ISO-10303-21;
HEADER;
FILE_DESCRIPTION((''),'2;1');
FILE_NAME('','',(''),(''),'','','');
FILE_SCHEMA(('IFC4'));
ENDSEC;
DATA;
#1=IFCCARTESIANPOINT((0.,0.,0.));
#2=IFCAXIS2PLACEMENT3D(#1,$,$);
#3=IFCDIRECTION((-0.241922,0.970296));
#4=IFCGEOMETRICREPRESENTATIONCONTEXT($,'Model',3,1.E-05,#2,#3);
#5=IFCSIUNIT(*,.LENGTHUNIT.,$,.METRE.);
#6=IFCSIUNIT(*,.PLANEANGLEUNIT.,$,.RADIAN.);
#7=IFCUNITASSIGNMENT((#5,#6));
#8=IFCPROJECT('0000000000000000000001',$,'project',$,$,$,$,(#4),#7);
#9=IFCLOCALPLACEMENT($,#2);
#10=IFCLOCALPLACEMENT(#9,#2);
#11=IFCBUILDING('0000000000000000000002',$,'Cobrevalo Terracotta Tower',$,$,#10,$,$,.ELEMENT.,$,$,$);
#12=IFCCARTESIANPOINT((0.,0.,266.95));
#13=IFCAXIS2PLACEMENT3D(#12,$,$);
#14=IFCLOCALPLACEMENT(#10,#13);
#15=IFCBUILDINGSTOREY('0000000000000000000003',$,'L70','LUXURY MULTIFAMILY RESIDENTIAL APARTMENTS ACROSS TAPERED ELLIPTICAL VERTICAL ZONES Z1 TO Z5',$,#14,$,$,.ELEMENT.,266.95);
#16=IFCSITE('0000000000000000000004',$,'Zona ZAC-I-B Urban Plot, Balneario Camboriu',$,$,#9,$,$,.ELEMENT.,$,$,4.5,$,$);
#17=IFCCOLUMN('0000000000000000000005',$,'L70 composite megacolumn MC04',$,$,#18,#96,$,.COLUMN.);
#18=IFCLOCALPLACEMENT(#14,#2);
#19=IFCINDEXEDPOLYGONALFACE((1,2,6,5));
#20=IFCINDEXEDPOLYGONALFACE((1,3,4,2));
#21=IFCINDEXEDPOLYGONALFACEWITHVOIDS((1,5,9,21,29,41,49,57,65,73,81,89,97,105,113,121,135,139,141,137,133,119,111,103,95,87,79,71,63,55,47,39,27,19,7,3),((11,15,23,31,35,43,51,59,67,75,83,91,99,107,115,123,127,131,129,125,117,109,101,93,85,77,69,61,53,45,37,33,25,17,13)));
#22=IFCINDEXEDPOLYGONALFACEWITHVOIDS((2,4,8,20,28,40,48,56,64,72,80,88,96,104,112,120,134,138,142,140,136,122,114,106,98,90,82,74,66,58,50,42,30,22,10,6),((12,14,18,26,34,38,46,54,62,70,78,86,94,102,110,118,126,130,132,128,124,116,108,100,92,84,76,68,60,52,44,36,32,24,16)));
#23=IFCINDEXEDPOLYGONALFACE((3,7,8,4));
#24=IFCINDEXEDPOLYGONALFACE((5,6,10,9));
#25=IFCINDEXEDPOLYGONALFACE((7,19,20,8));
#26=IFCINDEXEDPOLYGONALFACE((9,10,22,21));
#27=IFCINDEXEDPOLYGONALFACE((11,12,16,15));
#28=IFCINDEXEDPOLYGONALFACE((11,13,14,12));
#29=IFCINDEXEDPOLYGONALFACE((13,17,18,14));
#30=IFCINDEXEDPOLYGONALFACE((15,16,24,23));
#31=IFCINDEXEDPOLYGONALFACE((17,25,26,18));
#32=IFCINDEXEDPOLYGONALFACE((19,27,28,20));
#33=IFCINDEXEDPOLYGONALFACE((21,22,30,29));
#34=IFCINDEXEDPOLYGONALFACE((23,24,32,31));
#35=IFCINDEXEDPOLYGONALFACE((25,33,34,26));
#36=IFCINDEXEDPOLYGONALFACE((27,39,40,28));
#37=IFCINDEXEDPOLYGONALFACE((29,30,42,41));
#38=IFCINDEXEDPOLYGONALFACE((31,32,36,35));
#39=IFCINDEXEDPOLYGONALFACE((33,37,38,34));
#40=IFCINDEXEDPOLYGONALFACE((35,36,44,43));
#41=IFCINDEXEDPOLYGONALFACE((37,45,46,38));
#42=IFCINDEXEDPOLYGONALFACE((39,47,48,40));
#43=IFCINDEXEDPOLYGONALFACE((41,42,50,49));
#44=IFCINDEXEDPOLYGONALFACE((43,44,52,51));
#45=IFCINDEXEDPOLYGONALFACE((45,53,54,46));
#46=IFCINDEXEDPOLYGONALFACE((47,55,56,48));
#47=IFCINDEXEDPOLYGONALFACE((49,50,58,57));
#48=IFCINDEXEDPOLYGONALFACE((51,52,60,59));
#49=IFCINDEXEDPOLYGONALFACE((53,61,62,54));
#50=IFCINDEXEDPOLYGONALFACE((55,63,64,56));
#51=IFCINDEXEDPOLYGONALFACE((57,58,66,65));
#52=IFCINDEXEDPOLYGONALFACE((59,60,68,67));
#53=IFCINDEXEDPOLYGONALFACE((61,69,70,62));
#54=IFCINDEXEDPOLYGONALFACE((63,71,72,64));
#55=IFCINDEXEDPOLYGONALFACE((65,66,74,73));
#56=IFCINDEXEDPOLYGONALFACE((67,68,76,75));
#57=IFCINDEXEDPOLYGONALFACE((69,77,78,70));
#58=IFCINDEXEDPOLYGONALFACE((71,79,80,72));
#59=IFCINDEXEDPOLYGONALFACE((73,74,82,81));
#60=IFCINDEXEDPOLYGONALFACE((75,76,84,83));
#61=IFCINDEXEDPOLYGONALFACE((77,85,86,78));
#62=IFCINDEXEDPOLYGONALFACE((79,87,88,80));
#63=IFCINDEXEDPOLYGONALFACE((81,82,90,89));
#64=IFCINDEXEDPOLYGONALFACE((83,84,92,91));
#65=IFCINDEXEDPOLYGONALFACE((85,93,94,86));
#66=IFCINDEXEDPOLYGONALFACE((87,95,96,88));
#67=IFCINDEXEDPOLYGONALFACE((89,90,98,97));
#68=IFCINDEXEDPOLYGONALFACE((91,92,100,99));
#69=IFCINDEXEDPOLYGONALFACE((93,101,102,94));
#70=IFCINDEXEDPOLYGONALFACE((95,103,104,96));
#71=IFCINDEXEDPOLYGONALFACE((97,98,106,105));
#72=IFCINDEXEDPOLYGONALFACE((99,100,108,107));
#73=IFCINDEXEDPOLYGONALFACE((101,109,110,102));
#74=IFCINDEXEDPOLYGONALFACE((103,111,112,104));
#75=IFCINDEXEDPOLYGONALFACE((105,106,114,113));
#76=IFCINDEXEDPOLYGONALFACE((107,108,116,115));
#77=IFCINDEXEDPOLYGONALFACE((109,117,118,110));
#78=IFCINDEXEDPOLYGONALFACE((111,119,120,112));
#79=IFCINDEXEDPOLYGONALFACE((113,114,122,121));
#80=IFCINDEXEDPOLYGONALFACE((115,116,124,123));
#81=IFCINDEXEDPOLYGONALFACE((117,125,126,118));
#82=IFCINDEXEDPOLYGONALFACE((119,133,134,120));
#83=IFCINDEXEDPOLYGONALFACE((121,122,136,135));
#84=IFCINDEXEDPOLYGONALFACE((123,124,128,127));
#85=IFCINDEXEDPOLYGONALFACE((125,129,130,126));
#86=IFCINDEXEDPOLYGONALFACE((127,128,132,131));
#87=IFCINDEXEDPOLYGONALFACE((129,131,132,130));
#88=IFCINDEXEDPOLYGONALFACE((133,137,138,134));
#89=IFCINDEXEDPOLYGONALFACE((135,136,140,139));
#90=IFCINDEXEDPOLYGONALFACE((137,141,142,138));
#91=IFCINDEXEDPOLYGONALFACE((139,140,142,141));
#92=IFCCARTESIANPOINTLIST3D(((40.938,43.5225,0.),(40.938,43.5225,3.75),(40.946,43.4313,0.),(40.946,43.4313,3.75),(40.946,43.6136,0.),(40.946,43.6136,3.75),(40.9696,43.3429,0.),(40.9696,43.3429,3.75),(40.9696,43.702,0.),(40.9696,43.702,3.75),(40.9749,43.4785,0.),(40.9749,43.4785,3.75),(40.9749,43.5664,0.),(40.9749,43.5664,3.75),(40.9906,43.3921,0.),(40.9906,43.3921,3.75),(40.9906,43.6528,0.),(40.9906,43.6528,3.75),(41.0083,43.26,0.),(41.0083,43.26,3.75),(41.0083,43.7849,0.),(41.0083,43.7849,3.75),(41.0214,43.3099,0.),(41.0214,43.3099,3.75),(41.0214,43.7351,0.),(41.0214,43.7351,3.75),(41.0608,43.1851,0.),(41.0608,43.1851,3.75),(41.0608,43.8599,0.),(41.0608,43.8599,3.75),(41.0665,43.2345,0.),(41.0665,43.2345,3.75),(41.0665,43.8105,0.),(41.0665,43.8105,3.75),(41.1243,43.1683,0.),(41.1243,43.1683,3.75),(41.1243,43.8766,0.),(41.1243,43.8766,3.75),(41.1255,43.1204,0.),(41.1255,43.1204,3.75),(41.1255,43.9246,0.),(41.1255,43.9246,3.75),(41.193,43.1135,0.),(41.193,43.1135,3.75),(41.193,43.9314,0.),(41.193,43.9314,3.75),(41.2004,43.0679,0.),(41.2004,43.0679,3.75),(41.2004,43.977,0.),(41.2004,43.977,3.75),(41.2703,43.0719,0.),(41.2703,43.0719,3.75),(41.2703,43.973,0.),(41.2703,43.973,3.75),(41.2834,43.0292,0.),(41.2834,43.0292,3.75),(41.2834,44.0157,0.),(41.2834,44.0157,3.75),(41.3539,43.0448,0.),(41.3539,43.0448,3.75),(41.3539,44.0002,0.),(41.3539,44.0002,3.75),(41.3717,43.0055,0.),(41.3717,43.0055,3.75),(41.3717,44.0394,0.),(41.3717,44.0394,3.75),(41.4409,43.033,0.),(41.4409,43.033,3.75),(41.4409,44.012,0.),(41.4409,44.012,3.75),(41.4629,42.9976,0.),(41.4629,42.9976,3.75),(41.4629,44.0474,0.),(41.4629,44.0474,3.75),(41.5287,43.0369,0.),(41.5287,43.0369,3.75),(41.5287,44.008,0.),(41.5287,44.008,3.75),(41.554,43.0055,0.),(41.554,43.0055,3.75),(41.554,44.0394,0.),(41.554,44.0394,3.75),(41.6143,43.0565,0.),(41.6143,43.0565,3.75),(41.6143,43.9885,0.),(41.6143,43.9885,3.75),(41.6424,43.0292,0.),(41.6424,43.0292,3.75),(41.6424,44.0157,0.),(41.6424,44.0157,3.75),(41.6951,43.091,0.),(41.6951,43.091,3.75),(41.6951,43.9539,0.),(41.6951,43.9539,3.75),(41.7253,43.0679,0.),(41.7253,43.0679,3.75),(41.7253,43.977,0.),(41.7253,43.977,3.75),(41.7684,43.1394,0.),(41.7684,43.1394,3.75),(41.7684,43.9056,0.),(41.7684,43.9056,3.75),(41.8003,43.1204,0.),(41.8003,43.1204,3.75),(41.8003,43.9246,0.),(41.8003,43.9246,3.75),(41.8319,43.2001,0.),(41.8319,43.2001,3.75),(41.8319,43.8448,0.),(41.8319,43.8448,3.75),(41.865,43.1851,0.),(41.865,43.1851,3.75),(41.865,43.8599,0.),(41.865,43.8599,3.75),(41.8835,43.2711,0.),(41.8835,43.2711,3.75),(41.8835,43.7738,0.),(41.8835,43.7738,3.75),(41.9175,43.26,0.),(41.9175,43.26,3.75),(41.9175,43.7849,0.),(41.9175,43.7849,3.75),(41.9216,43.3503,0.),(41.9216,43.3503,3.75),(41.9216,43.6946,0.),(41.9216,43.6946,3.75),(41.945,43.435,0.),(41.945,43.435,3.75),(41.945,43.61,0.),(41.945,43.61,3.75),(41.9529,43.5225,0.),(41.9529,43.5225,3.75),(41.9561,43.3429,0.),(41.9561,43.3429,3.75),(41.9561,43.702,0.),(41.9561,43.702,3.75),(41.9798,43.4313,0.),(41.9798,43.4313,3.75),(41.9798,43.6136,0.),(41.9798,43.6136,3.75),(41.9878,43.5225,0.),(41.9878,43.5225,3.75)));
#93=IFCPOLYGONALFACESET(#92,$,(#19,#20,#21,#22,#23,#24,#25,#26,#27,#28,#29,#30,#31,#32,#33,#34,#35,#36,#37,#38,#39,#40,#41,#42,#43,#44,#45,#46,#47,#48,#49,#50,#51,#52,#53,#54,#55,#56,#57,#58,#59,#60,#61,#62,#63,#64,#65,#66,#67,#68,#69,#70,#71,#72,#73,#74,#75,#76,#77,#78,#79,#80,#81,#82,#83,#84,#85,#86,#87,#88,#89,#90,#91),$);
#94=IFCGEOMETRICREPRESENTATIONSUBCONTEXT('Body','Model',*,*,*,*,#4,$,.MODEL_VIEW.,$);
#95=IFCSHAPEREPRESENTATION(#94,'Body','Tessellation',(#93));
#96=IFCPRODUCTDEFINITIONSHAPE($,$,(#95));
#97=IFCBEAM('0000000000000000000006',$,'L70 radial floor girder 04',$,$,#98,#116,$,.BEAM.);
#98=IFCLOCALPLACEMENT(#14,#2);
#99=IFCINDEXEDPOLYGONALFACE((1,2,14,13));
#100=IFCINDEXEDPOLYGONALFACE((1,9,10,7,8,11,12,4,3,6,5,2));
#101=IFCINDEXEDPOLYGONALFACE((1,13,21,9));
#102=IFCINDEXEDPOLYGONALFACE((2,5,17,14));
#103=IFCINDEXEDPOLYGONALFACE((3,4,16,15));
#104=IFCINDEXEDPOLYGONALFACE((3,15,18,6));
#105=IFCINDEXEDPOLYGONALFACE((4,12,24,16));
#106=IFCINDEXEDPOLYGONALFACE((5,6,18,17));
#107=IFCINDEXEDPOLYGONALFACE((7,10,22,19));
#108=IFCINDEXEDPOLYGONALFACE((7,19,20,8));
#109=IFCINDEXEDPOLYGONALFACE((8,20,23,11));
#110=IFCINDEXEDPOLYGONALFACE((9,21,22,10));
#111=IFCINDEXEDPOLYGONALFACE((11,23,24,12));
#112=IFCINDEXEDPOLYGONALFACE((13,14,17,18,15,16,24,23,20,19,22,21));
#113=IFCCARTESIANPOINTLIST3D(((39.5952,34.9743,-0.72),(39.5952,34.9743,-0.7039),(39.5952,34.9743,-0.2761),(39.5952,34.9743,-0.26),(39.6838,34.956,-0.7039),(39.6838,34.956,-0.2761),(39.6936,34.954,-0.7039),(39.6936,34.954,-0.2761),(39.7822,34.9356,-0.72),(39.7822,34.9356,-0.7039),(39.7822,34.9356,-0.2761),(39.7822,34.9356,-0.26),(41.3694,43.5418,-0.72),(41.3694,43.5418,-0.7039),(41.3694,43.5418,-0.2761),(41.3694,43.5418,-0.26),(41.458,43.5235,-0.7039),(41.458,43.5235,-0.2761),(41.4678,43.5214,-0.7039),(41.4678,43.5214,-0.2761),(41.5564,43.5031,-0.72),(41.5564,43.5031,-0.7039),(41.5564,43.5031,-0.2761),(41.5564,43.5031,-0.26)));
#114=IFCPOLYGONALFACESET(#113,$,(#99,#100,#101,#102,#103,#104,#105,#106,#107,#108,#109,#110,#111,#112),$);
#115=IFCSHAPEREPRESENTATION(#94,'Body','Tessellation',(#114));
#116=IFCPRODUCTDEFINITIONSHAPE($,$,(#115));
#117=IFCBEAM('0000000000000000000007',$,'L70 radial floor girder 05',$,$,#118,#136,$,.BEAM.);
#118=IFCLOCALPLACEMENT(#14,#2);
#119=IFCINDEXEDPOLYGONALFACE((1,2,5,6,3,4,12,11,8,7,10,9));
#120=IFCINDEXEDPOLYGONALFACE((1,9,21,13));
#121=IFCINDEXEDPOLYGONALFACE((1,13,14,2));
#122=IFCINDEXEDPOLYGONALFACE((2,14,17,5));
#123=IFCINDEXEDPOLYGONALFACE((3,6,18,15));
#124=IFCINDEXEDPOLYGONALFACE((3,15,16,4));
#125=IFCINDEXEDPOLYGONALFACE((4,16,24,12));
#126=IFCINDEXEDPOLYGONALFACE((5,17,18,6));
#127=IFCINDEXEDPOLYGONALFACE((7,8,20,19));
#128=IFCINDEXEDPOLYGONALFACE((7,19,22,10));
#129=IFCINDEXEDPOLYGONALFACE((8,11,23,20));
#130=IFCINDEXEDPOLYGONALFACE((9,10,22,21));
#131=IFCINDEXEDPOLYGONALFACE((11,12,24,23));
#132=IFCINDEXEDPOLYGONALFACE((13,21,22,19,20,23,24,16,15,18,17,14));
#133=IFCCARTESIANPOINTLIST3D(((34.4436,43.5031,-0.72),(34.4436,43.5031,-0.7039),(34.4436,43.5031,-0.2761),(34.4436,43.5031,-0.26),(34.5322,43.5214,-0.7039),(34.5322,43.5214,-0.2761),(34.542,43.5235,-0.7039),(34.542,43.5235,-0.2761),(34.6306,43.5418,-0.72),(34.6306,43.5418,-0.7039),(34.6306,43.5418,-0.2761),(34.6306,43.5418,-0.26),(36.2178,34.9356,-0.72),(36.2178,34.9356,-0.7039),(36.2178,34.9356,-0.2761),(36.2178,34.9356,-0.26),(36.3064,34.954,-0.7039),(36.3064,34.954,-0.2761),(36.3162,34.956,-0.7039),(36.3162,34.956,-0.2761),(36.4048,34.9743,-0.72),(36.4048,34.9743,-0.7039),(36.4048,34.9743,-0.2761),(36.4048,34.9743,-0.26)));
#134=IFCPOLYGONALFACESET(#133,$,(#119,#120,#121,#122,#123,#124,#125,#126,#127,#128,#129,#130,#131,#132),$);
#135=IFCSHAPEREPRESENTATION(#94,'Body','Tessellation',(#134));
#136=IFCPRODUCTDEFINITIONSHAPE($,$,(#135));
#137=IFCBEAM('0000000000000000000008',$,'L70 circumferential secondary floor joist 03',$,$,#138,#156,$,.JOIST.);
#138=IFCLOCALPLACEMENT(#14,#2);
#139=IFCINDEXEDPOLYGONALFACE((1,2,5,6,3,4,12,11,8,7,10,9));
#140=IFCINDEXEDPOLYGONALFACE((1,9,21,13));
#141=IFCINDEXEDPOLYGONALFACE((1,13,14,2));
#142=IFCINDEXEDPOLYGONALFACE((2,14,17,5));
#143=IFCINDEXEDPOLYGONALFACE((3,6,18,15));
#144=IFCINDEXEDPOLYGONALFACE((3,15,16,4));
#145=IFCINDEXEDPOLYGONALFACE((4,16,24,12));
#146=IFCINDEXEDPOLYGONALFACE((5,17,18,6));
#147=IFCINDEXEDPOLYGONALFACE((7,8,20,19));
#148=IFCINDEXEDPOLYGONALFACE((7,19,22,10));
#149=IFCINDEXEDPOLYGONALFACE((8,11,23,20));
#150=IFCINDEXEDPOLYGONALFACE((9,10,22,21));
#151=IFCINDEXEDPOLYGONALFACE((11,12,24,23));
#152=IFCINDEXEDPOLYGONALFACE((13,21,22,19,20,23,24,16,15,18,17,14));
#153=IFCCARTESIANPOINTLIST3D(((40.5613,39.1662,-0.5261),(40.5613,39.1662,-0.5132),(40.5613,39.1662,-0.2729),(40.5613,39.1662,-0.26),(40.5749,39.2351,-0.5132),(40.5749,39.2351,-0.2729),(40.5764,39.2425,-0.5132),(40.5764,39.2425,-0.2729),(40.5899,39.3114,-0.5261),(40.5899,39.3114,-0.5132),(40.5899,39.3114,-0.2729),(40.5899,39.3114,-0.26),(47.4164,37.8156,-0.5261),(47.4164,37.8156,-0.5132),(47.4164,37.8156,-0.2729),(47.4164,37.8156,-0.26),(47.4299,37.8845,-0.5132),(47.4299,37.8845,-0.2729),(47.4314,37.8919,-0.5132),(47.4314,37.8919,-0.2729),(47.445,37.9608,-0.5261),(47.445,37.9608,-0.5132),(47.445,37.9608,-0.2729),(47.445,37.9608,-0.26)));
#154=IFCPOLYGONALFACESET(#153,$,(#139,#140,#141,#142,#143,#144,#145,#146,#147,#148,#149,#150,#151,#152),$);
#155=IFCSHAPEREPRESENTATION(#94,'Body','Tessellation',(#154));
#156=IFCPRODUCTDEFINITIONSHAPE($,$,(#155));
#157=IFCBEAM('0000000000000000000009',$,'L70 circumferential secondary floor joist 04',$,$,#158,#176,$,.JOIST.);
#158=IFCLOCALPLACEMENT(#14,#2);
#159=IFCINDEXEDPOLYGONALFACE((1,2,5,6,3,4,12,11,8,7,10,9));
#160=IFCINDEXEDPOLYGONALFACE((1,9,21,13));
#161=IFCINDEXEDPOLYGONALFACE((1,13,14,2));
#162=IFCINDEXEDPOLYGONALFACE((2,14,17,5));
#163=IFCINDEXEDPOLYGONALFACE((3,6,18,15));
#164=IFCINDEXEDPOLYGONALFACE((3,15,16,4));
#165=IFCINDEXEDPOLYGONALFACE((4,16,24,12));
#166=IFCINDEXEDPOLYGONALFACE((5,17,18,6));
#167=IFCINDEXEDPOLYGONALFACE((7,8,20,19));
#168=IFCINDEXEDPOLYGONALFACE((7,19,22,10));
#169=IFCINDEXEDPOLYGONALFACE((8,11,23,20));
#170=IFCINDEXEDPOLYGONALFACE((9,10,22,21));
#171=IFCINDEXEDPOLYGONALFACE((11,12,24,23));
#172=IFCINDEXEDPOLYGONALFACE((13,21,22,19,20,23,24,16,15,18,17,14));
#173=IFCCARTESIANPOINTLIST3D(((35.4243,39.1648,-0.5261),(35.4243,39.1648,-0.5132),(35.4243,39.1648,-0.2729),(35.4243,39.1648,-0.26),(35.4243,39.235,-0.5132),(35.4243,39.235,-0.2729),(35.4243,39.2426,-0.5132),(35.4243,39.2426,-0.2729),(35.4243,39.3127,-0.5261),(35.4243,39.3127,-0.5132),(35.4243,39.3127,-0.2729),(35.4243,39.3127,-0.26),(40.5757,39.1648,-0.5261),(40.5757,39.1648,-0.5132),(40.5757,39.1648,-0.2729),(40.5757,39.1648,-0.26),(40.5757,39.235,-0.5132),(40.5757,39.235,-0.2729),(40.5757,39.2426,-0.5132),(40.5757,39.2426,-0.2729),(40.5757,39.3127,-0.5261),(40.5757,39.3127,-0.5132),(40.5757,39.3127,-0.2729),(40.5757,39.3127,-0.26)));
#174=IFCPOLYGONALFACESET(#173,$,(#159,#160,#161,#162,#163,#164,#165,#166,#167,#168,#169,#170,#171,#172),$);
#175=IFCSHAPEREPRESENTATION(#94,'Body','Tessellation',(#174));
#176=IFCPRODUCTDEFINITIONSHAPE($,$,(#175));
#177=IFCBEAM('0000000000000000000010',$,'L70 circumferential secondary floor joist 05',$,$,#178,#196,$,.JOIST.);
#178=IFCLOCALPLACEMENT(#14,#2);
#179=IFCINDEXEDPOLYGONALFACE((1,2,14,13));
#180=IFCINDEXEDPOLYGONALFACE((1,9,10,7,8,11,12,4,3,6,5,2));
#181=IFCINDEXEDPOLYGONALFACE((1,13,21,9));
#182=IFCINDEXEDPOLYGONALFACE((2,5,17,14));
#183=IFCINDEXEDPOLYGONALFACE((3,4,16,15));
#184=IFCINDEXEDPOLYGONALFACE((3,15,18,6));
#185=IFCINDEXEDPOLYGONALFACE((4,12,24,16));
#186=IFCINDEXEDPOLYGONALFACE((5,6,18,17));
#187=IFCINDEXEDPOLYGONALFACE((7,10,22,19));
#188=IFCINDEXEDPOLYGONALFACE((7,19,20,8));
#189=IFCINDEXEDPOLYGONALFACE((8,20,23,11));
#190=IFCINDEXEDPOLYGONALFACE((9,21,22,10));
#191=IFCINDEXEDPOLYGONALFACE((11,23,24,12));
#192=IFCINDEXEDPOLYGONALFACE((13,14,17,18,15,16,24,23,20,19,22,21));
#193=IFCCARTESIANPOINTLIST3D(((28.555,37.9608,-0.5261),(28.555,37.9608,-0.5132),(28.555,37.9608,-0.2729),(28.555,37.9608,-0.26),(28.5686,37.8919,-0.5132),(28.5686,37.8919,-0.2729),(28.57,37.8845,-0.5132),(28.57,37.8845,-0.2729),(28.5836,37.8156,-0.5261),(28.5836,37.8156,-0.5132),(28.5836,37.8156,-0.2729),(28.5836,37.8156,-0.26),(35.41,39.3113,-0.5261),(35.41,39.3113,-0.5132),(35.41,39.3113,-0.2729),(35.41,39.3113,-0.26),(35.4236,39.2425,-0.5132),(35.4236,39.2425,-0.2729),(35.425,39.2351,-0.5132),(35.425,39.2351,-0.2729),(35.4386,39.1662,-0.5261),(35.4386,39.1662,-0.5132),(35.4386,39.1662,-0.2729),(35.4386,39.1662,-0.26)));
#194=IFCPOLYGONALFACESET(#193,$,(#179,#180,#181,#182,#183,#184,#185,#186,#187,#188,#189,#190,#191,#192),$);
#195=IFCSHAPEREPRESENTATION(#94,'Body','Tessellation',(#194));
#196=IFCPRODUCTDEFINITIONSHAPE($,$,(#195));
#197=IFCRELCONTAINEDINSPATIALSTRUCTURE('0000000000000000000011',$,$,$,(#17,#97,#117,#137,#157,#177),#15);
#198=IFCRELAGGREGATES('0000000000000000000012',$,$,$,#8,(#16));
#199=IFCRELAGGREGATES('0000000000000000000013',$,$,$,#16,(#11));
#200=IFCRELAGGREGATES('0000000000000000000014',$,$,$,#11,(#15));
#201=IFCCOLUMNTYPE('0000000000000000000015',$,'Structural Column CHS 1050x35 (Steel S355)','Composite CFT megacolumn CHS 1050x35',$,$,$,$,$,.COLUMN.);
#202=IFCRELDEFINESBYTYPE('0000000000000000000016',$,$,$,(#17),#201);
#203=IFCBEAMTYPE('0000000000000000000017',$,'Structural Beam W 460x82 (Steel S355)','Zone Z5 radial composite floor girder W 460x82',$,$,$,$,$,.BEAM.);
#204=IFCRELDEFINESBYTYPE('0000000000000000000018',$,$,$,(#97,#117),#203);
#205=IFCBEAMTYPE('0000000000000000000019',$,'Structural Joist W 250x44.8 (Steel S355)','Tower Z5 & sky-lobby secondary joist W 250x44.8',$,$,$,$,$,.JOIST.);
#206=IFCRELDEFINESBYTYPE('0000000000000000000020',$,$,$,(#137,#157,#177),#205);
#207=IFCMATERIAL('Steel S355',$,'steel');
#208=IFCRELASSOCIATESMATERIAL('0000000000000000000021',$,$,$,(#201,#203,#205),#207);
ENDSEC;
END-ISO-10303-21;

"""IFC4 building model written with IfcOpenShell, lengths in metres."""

from ifc_helpers import new_model, si_unit, direction, frame, origin, origin_2d, place, context, subcontext, project, spatial, hollow_circle, i_section, extrude, material, material_profile, profile_set, type_object, element, save


model = new_model("IFC4")

# Units and contexts
model_context = context("Model", 3, precision=1e-05, world=origin(), true_north=direction((-0.241922, 0.970296)))
body_context = subcontext(model_context, "Body", "Model", "MODEL_VIEW")
ifc_project = project(units=[si_unit("LENGTHUNIT", "METRE"), si_unit("PLANEANGLEUNIT", "RADIAN")], contexts=[model_context])

# Site, building, storey
site_placement = place(None, origin())
site = spatial("IfcSite", under=ifc_project, at=site_placement, Name="Zona ZAC-I-B Urban Plot, Balneario Camboriu", CompositionType="ELEMENT", RefElevation=4.5)
building_placement = place(site_placement, origin())
building = spatial("IfcBuilding", under=site, at=building_placement, Name="Cobrevalo Terracotta Tower", CompositionType="ELEMENT")
storey_placement = place(building_placement, frame((0.0, 0.0, 266.95)))
storey = spatial("IfcBuildingStorey", under=building, at=storey_placement, Name="L70", Description="LUXURY MULTIFAMILY RESIDENTIAL APARTMENTS ACROSS TAPERED ELLIPTICAL VERTICAL ZONES Z1 TO Z5", CompositionType="ELEMENT", Elevation=266.95)

# Column
ifc_material_1 = material(Name="Steel S355", Category="steel")
ifc_material_profile_1 = material_profile(ifc_material_1, hollow_circle(Radius=0.5249, WallThickness=0.0349, at=origin_2d()), Name="CHS 1050x35")
ifc_profile_set_1 = profile_set([ifc_material_profile_1], Name="Steel S355")
column_type = type_object("IfcColumnType", Name="Structural Column CHS 1050x35 (Steel S355)", Description="Composite CFT megacolumn CHS 1050x35", PredefinedType="COLUMN", material=ifc_profile_set_1)
column_placement = place(storey_placement, frame((41.4629, 43.5225, 0.0), z_axis=(0.0, 0.0, 1.0), x_axis=(1.0, 0.0, 0.0)))
element("IfcColumn", 1, at=column_placement, inside=storey, type_object=column_type, Name="L70 composite megacolumn MC04", PredefinedType="COLUMN", context=body_context, shape_type="SweptSolid", body=[
    extrude(hollow_circle(Radius=0.5249, WallThickness=0.0349, at=origin_2d()), origin(), (0.0, 0.0, 1.0), 3.75),
])

# Beams
ifc_material_profile_2 = material_profile(ifc_material_1, i_section(OverallWidth=0.1909, OverallDepth=0.46, WebThickness=0.01, FlangeThickness=0.0161, at=origin_2d()), Name="W 460x82")
ifc_profile_set_2 = profile_set([ifc_material_profile_2], Name="Steel S355")
beam_type_1 = type_object("IfcBeamType", Name="Structural Beam W 460x82 (Steel S355)", Description="Zone Z5 radial composite floor girder W 460x82", PredefinedType="BEAM", material=ifc_profile_set_2)
for number, where, z_axis, x_axis, name in (
    (2, (41.4629, 43.5225, -0.49), (-0.202782, -0.979224, 0.0), (0.979224, -0.202782, 0.0), "L70 radial floor girder 04"),
    (3, (34.5371, 43.5225, -0.49), (0.202782, -0.979224, 0.0), (0.979224, 0.202782, 0.0), "L70 radial floor girder 05"),
):
    element("IfcBeam", number, at=place(storey_placement, frame(where, z_axis=z_axis, x_axis=x_axis)), inside=storey, type_object=beam_type_1, Name=name, PredefinedType="BEAM", context=body_context, shape_type="SweptSolid", body=[
        extrude(i_section(OverallWidth=0.1909, OverallDepth=0.46, WebThickness=0.01, FlangeThickness=0.0161, at=origin_2d()), origin(), (0.0, 0.0, 1.0), 8.7493),
    ])
ifc_material_profile_3 = material_profile(ifc_material_1, i_section(OverallWidth=0.1479, OverallDepth=0.2661, WebThickness=0.0076, FlangeThickness=0.0129, at=origin_2d()), Name="W 250x44.8")
ifc_profile_set_3 = profile_set([ifc_material_profile_3], Name="Steel S355")
beam_type_2 = type_object("IfcBeamType", Name="Structural Joist W 250x44.8 (Steel S355)", Description="Tower Z5 & sky-lobby secondary joist W 250x44.8", PredefinedType="JOIST", material=ifc_profile_set_3)
beam_1_placement = place(storey_placement, frame((47.4307, 37.8882, -0.3931), z_axis=(-0.981138, 0.193306, 0.0), x_axis=(-0.193306, -0.981138, 0.0)))
element("IfcBeam", 4, at=beam_1_placement, inside=storey, type_object=beam_type_2, Name="L70 circumferential secondary floor joist 03", PredefinedType="JOIST", context=body_context, shape_type="SweptSolid", body=[
    extrude(i_section(OverallWidth=0.1479, OverallDepth=0.2661, WebThickness=0.0076, FlangeThickness=0.0129, at=origin_2d()), origin(), (0.0, 0.0, 1.0), 6.9868),
])
beam_2_placement = place(storey_placement, frame((40.5757, 39.2388, -0.3931), z_axis=(-1.0, 0.0, 0.0), x_axis=(0.0, -1.0, 0.0)))
element("IfcBeam", 5, at=beam_2_placement, inside=storey, type_object=beam_type_2, Name="L70 circumferential secondary floor joist 04", PredefinedType="JOIST", context=body_context, shape_type="SweptSolid", body=[
    extrude(i_section(OverallWidth=0.1479, OverallDepth=0.2661, WebThickness=0.0076, FlangeThickness=0.0129, at=origin_2d()), origin(), (0.0, 0.0, 1.0), 5.1514),
])
beam_3_placement = place(storey_placement, frame((35.4243, 39.2388, -0.3931), z_axis=(-0.981138, -0.193306, 0.0), x_axis=(0.193306, -0.981138, 0.0)))
element("IfcBeam", 6, at=beam_3_placement, inside=storey, type_object=beam_type_2, Name="L70 circumferential secondary floor joist 05", PredefinedType="JOIST", context=body_context, shape_type="SweptSolid", body=[
    extrude(i_section(OverallWidth=0.1479, OverallDepth=0.2661, WebThickness=0.0076, FlangeThickness=0.0129, at=origin_2d()), origin(), (0.0, 0.0, 1.0), 6.9868),
])

save(model, "model.ifc")
